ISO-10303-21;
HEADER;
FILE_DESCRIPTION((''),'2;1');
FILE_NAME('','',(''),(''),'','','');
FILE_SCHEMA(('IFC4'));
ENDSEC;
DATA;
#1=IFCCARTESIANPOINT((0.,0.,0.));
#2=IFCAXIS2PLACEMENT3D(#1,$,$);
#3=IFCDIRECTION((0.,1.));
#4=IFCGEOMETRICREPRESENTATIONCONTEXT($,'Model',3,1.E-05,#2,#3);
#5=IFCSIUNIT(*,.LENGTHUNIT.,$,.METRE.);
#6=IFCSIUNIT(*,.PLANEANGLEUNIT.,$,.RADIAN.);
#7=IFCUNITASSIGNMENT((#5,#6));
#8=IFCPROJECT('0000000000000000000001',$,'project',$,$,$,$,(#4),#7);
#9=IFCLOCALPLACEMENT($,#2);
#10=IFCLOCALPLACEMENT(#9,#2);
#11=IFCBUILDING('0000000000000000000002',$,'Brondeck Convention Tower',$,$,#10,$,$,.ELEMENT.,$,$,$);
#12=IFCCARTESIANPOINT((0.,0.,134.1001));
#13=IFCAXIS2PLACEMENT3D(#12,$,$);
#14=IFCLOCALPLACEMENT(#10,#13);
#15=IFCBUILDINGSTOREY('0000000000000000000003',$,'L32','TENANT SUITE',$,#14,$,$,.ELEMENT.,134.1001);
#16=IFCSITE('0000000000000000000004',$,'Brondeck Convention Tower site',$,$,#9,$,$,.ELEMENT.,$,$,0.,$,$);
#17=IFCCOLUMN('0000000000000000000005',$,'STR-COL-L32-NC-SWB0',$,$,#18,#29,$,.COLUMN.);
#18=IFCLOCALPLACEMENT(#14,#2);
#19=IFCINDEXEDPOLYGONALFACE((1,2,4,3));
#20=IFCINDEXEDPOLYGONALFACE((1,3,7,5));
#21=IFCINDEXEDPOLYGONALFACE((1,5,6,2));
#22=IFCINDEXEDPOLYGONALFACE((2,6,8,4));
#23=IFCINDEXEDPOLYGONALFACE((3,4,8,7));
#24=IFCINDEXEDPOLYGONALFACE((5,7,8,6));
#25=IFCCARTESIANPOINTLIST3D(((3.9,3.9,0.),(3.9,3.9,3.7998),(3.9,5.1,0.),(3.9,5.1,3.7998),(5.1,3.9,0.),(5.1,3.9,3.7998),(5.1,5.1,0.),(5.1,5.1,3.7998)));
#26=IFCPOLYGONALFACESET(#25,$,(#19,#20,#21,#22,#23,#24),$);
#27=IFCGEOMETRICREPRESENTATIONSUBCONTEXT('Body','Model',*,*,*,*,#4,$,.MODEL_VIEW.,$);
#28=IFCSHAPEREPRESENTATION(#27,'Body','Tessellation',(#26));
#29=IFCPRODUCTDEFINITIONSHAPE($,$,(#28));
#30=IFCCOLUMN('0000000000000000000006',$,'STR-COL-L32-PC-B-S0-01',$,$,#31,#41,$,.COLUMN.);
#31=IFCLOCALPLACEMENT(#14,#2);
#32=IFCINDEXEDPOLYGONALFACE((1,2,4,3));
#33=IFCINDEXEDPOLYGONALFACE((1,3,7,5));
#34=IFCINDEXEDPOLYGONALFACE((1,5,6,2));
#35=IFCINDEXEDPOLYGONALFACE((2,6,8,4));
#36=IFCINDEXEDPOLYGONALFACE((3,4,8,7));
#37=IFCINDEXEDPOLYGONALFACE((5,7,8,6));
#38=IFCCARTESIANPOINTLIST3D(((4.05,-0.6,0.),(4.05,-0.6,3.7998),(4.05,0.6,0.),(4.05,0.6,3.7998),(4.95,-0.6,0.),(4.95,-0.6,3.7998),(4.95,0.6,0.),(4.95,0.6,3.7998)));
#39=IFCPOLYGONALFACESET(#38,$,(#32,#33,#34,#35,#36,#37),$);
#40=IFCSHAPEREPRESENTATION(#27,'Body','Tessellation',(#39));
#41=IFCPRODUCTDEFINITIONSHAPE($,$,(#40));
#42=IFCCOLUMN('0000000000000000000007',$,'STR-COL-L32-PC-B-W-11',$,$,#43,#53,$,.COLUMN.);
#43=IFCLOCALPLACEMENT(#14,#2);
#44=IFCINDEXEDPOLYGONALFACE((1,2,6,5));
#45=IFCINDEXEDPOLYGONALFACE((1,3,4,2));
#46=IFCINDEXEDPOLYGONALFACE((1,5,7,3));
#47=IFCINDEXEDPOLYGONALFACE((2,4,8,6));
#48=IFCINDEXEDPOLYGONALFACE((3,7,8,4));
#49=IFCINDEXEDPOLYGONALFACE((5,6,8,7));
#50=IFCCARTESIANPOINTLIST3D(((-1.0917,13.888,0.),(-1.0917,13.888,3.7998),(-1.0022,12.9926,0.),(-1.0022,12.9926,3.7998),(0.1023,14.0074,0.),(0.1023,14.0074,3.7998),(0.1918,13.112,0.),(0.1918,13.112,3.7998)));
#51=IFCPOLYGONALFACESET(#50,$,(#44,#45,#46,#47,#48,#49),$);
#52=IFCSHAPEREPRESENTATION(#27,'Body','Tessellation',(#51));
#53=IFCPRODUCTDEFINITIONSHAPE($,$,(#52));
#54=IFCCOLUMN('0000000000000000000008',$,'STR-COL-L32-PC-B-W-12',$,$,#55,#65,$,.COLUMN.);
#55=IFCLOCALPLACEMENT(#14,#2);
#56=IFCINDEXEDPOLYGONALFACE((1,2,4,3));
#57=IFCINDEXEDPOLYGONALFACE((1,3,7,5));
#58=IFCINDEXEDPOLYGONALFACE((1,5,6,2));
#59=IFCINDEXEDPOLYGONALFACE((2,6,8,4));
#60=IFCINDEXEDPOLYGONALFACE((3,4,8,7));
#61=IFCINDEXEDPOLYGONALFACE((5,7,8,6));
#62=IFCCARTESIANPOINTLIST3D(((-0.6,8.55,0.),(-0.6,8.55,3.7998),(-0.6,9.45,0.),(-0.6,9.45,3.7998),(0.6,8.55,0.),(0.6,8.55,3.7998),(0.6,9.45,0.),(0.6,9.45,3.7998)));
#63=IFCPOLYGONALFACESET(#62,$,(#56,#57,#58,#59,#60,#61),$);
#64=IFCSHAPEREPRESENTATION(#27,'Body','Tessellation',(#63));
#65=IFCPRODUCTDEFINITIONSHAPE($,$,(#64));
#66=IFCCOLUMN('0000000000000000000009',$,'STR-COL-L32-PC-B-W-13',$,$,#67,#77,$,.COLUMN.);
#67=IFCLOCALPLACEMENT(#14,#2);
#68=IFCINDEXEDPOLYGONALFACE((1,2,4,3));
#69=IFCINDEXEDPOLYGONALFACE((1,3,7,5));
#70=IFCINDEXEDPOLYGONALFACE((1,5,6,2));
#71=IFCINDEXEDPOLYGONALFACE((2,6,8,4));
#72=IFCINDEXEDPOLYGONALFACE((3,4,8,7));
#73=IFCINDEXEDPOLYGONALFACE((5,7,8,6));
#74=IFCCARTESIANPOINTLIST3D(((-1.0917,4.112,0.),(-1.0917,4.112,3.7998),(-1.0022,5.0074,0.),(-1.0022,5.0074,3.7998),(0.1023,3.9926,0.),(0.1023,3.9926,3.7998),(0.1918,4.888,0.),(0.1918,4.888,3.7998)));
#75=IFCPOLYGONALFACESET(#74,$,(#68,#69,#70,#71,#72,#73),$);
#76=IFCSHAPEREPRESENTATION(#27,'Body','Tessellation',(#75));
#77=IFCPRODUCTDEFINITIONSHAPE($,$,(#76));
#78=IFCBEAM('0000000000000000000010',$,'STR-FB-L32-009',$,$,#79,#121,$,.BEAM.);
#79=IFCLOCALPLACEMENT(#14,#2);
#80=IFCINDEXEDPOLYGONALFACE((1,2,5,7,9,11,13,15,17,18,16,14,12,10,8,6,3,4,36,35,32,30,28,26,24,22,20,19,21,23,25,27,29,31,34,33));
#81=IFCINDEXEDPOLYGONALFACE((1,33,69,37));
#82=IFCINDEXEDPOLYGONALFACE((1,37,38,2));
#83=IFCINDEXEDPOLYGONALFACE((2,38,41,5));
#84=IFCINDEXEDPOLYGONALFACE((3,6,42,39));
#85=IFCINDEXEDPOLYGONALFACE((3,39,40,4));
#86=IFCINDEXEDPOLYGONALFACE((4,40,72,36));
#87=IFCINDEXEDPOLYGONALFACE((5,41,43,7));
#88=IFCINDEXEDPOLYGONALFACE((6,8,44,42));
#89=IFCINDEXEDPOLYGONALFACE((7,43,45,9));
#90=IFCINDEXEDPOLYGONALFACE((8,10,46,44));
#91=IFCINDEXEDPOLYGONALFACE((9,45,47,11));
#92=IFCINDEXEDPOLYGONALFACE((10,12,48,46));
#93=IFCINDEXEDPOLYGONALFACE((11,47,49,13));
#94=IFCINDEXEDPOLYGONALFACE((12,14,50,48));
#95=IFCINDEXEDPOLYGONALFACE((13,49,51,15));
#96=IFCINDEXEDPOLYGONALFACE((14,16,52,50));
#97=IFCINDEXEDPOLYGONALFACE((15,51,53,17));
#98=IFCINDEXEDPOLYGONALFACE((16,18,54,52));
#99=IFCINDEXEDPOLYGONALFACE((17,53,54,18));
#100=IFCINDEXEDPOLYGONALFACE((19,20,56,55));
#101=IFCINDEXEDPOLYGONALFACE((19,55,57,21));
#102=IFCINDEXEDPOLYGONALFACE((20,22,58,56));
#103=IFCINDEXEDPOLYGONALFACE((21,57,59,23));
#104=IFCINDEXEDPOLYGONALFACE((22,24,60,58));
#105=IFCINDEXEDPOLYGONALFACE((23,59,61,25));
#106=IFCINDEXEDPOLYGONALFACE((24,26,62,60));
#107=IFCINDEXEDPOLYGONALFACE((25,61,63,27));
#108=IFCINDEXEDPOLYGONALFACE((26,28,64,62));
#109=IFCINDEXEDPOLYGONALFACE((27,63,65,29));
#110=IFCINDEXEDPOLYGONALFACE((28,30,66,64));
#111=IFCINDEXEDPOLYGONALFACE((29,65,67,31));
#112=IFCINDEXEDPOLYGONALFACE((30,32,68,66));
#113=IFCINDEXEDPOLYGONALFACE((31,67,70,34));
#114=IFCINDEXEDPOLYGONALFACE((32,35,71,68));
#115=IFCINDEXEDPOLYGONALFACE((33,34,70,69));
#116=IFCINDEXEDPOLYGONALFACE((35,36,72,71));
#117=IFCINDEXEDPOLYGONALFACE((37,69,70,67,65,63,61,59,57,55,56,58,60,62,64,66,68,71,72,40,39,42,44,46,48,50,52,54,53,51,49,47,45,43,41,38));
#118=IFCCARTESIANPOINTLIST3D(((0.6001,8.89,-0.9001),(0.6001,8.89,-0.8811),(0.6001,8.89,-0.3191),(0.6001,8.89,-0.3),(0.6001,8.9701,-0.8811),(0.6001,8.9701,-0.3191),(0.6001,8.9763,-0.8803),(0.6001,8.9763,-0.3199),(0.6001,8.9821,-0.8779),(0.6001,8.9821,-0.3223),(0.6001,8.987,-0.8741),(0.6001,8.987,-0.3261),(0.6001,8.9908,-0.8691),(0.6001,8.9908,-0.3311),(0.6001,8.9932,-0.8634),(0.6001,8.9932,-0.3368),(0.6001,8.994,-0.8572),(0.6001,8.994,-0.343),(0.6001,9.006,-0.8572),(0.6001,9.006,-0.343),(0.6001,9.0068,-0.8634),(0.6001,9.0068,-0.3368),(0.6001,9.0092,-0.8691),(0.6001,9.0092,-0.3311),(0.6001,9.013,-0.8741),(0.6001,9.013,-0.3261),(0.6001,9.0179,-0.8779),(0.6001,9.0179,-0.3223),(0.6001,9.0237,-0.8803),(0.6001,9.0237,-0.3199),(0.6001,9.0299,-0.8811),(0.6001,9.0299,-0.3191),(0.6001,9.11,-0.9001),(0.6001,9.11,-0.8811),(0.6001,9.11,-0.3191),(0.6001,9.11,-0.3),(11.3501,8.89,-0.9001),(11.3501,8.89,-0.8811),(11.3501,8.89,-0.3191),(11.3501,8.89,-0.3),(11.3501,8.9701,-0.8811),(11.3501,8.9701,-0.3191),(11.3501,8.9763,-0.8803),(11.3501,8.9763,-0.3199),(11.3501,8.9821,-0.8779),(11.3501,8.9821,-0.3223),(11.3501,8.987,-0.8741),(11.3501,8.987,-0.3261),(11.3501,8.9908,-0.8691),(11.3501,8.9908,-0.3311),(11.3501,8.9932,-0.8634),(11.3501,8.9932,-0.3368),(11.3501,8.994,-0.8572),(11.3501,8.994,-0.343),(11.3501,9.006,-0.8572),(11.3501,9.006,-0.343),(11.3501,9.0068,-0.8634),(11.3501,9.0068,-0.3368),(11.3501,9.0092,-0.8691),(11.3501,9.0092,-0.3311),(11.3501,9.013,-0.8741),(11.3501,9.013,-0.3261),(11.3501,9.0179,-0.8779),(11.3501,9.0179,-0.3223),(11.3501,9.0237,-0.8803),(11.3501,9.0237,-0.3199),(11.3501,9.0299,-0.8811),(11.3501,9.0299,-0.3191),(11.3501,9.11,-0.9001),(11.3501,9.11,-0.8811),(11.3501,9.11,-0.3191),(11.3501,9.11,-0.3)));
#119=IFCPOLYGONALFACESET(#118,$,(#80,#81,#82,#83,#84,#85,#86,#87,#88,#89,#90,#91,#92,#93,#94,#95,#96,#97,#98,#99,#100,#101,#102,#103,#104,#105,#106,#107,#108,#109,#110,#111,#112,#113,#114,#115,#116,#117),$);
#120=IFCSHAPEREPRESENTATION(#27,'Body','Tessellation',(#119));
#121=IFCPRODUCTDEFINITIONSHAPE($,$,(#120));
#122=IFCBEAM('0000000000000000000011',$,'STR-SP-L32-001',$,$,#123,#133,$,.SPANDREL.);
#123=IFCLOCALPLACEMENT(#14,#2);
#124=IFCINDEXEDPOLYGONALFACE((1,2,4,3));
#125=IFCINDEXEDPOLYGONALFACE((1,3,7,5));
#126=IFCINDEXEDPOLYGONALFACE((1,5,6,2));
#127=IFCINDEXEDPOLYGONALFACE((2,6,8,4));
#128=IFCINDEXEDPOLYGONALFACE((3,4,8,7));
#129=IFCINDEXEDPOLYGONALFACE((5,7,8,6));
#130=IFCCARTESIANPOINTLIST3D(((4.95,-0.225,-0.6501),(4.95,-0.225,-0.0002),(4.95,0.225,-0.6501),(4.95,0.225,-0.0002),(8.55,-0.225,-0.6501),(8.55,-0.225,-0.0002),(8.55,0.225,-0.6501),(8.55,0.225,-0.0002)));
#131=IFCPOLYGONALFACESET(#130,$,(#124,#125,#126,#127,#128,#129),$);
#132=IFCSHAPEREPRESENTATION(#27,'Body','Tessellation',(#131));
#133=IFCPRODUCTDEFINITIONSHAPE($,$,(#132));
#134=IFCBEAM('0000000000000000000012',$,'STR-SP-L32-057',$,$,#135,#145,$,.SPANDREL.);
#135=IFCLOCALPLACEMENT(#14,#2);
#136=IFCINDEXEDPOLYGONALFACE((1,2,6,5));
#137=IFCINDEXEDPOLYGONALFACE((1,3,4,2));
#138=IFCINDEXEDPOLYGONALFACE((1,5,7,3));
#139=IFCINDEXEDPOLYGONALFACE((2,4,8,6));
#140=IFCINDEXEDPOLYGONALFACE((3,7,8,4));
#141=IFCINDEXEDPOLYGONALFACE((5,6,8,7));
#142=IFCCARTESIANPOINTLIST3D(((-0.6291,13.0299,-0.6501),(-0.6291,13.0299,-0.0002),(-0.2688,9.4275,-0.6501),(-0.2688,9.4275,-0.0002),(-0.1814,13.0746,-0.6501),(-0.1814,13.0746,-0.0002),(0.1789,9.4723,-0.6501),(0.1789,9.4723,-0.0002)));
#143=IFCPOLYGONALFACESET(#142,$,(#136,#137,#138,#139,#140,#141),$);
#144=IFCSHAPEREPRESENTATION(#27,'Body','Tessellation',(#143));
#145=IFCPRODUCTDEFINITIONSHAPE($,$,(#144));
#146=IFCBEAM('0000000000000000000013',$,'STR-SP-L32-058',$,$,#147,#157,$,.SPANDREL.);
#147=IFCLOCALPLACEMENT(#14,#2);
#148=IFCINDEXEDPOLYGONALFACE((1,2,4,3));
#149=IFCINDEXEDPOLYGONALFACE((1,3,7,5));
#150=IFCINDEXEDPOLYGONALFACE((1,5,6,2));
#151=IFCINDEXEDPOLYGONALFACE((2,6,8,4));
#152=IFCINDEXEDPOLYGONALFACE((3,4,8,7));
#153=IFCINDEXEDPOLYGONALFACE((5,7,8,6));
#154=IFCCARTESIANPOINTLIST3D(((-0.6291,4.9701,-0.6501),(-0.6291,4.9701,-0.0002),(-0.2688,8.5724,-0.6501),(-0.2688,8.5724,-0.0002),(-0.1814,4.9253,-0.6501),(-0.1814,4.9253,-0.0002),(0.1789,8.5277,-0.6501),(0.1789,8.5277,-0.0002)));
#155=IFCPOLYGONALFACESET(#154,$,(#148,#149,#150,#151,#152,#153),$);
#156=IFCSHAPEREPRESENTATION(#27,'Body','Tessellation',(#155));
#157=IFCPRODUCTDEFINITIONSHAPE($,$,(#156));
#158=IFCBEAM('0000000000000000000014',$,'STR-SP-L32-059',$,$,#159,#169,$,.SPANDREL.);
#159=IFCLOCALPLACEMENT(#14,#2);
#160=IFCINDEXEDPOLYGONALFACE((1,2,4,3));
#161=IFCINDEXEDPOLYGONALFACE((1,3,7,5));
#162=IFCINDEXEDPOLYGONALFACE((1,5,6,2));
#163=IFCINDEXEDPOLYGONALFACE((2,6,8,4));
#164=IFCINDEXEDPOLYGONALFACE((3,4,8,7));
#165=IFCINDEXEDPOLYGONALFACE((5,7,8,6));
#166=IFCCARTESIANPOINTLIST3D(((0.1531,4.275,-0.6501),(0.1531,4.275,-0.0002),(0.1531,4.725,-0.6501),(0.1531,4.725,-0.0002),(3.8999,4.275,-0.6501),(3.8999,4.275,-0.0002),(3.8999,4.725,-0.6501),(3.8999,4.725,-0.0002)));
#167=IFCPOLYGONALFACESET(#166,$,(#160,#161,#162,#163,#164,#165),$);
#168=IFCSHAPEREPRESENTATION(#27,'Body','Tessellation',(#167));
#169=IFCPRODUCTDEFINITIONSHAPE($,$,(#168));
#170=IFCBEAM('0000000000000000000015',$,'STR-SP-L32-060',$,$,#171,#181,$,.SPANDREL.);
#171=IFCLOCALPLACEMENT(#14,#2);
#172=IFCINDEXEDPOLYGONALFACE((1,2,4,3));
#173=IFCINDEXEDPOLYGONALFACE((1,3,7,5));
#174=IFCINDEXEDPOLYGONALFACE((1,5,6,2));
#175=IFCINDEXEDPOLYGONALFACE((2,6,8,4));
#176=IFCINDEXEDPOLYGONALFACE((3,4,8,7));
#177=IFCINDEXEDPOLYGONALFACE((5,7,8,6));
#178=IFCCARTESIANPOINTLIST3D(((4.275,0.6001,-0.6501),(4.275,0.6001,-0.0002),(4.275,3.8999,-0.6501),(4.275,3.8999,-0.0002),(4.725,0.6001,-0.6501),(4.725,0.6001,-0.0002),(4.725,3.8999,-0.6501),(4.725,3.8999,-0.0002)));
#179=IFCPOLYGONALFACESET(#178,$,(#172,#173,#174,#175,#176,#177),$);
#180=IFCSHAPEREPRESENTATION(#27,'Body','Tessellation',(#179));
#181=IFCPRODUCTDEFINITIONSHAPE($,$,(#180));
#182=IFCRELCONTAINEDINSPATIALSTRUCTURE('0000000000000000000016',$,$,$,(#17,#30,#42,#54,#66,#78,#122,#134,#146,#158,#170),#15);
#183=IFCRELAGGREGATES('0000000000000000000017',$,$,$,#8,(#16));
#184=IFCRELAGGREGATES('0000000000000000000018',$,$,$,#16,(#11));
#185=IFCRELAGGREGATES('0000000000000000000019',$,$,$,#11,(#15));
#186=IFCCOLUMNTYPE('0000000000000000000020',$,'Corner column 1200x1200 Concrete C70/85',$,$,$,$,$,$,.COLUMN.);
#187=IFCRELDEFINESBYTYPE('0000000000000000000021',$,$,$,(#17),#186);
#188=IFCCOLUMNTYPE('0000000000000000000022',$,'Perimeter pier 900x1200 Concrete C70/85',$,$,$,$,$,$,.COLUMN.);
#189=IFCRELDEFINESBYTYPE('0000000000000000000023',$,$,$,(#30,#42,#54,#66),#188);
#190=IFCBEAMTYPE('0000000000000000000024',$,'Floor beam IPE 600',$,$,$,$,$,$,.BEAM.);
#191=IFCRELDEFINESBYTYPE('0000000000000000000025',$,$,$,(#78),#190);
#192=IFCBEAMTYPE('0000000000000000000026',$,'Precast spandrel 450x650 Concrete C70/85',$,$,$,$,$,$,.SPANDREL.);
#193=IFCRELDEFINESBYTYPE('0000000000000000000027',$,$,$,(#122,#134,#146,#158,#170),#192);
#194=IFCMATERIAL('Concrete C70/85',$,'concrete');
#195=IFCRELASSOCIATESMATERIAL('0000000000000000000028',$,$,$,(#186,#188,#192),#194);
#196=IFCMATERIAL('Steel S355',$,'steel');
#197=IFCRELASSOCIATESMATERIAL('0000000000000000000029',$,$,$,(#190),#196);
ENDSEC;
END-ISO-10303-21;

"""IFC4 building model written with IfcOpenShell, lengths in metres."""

from ifc_helpers import new_model, si_unit, direction, frame, origin, origin_2d, place, context, subcontext, project, spatial, rectangle, i_section, extrude, material, material_profile, profile_set, type_object, element, save


model = new_model("IFC4")

# Units and contexts
model_context = context("Model", 3, precision=1e-05, world=origin(), true_north=direction((0.0, 1.0)))
body_context = subcontext(model_context, "Body", "Model", "MODEL_VIEW")
ifc_project = project(units=[si_unit("LENGTHUNIT", "METRE"), si_unit("PLANEANGLEUNIT", "RADIAN")], contexts=[model_context])

# Site, building, storey
site_placement = place(None, origin())
site = spatial("IfcSite", under=ifc_project, at=site_placement, Name="Brondeck Convention Tower site", CompositionType="ELEMENT", RefElevation=0.0)
building_placement = place(site_placement, origin())
building = spatial("IfcBuilding", under=site, at=building_placement, Name="Brondeck Convention Tower", CompositionType="ELEMENT")
storey_placement = place(building_placement, frame((0.0, 0.0, 134.1001)))
storey = spatial("IfcBuildingStorey", under=building, at=storey_placement, Name="L32", Description="TENANT SUITE", CompositionType="ELEMENT", Elevation=134.1001)

# Columns
ifc_material_1 = material(Name="Concrete C70/85", Category="concrete")
ifc_material_profile_1 = material_profile(ifc_material_1, rectangle(XDim=1.2, YDim=1.2, at=origin_2d()), Name="Corner column 1200x1200 Concrete C70/85")
ifc_profile_set_1 = profile_set([ifc_material_profile_1], Name="Concrete C70/85")
column_type_1 = type_object("IfcColumnType", Name="Corner column 1200x1200 Concrete C70/85", PredefinedType="COLUMN", material=ifc_profile_set_1)
column_placement = place(storey_placement, frame((4.5, 4.5, 0.0), z_axis=(0.0, 0.0, 1.0), x_axis=(1.0, 0.0, 0.0)))
element("IfcColumn", 1, at=column_placement, inside=storey, type_object=column_type_1, Name="STR-COL-L32-NC-SWB0", PredefinedType="COLUMN", context=body_context, shape_type="SweptSolid", body=[
    extrude(rectangle(XDim=1.2, YDim=1.2, at=origin_2d()), origin(), (0.0, 0.0, 1.0), 3.7998),
])
ifc_material_profile_2 = material_profile(ifc_material_1, rectangle(XDim=0.8999, YDim=1.2, at=origin_2d()), Name="Perimeter pier 900x1200 Concrete C70/85")
ifc_profile_set_2 = profile_set([ifc_material_profile_2], Name="Concrete C70/85")
column_type_2 = type_object("IfcColumnType", Name="Perimeter pier 900x1200 Concrete C70/85", PredefinedType="COLUMN", material=ifc_profile_set_2)
for number, where, z_axis, x_axis, name in (
    (2, (4.5, 0.0, 0.0), (0.0, 0.0, 1.0), (1.0, 0.0, 0.0), "STR-COL-L32-PC-B-S0-01"),
    (3, (-0.45, 13.5, 0.0), (0.0, 0.0, 1.0), (0.099504, -0.995037, 0.0), "STR-COL-L32-PC-B-W-11"),
    (4, (0.0, 9.0, 0.0), (0.0, 0.0, 1.0), (0.0, -1.0, 0.0), "STR-COL-L32-PC-B-W-12"),
    (5, (-0.45, 4.5, 0.0), (0.0, 0.0, 1.0), (-0.099504, -0.995037, 0.0), "STR-COL-L32-PC-B-W-13"),
):
    element("IfcColumn", number, at=place(storey_placement, frame(where, z_axis=z_axis, x_axis=x_axis)), inside=storey, type_object=column_type_2, Name=name, PredefinedType="COLUMN", context=body_context, shape_type="SweptSolid", body=[
        extrude(rectangle(XDim=0.8999, YDim=1.2, at=origin_2d()), origin(), (0.0, 0.0, 1.0), 3.7998),
    ])

# Beams
ifc_material_2 = material(Name="Steel S355", Category="steel")
ifc_material_profile_3 = material_profile(ifc_material_2, i_section(OverallWidth=0.22, OverallDepth=0.6001, WebThickness=0.012, FlangeThickness=0.019, FilletRadius=0.0239, at=origin_2d()), Name="IPE 600")
ifc_profile_set_3 = profile_set([ifc_material_profile_3], Name="Steel S355")
beam_type_1 = type_object("IfcBeamType", Name="Floor beam IPE 600", PredefinedType="BEAM", material=ifc_profile_set_3)
beam_1_placement = place(storey_placement, frame((0.6001, 9.0, -0.6001), z_axis=(1.0, 0.0, 0.0), x_axis=(0.0, 1.0, 0.0)))
element("IfcBeam", 6, at=beam_1_placement, inside=storey, type_object=beam_type_1, Name="STR-FB-L32-009", PredefinedType="BEAM", context=body_context, shape_type="SweptSolid", body=[
    extrude(i_section(OverallWidth=0.22, OverallDepth=0.6001, WebThickness=0.012, FlangeThickness=0.019, FilletRadius=0.0239, at=origin_2d()), origin(), (0.0, 0.0, 1.0), 10.75),
])
ifc_material_profile_4 = material_profile(ifc_material_1, rectangle(XDim=0.45, YDim=0.6499, at=origin_2d()), Name="Precast spandrel 450x650 Concrete C70/85")
ifc_profile_set_4 = profile_set([ifc_material_profile_4], Name="Concrete C70/85")
beam_type_2 = type_object("IfcBeamType", Name="Precast spandrel 450x650 Concrete C70/85", PredefinedType="SPANDREL", material=ifc_profile_set_4)
beam_2_placement = place(storey_placement, frame((4.95, 0.0, -0.3252), z_axis=(1.0, 0.0, 0.0), x_axis=(0.0, 1.0, 0.0)))
element("IfcBeam", 7, at=beam_2_placement, inside=storey, type_object=beam_type_2, Name="STR-SP-L32-001", PredefinedType="SPANDREL", context=body_context, shape_type="SweptSolid", body=[
    extrude(rectangle(XDim=0.45, YDim=0.6499, at=origin_2d()), origin(), (0.0, 0.0, 1.0), 3.6001),
])
for number, where, z_axis, x_axis, name in (
    (8, (-0.4053, 13.0522, -0.3252), (0.099537, -0.995034, 0.0), (0.995034, 0.099537, 0.0), "STR-SP-L32-057"),
    (9, (-0.0449, 8.55, -0.3252), (-0.099537, -0.995034, 0.0), (0.995034, -0.099537, 0.0), "STR-SP-L32-058"),
):
    element("IfcBeam", number, at=place(storey_placement, frame(where, z_axis=z_axis, x_axis=x_axis)), inside=storey, type_object=beam_type_2, Name=name, PredefinedType="SPANDREL", context=body_context, shape_type="SweptSolid", body=[
        extrude(rectangle(XDim=0.45, YDim=0.6499, at=origin_2d()), origin(), (0.0, 0.0, 1.0), 3.6204),
    ])
beam_3_placement = place(storey_placement, frame((0.1531, 4.5, -0.3252), z_axis=(1.0, 0.0, 0.0), x_axis=(0.0, 1.0, 0.0)))
element("IfcBeam", 10, at=beam_3_placement, inside=storey, type_object=beam_type_2, Name="STR-SP-L32-059", PredefinedType="SPANDREL", context=body_context, shape_type="SweptSolid", body=[
    extrude(rectangle(XDim=0.45, YDim=0.6499, at=origin_2d()), origin(), (0.0, 0.0, 1.0), 3.7468),
])
beam_4_placement = place(storey_placement, frame((4.5, 3.8999, -0.3252), z_axis=(0.0, -1.0, 0.0), x_axis=(1.0, 0.0, 0.0)))
element("IfcBeam", 11, at=beam_4_placement, inside=storey, type_object=beam_type_2, Name="STR-SP-L32-060", PredefinedType="SPANDREL", context=body_context, shape_type="SweptSolid", body=[
    extrude(rectangle(XDim=0.45, YDim=0.6499, at=origin_2d()), origin(), (0.0, 0.0, 1.0), 3.2998),
])

save(model, "model.ifc")
